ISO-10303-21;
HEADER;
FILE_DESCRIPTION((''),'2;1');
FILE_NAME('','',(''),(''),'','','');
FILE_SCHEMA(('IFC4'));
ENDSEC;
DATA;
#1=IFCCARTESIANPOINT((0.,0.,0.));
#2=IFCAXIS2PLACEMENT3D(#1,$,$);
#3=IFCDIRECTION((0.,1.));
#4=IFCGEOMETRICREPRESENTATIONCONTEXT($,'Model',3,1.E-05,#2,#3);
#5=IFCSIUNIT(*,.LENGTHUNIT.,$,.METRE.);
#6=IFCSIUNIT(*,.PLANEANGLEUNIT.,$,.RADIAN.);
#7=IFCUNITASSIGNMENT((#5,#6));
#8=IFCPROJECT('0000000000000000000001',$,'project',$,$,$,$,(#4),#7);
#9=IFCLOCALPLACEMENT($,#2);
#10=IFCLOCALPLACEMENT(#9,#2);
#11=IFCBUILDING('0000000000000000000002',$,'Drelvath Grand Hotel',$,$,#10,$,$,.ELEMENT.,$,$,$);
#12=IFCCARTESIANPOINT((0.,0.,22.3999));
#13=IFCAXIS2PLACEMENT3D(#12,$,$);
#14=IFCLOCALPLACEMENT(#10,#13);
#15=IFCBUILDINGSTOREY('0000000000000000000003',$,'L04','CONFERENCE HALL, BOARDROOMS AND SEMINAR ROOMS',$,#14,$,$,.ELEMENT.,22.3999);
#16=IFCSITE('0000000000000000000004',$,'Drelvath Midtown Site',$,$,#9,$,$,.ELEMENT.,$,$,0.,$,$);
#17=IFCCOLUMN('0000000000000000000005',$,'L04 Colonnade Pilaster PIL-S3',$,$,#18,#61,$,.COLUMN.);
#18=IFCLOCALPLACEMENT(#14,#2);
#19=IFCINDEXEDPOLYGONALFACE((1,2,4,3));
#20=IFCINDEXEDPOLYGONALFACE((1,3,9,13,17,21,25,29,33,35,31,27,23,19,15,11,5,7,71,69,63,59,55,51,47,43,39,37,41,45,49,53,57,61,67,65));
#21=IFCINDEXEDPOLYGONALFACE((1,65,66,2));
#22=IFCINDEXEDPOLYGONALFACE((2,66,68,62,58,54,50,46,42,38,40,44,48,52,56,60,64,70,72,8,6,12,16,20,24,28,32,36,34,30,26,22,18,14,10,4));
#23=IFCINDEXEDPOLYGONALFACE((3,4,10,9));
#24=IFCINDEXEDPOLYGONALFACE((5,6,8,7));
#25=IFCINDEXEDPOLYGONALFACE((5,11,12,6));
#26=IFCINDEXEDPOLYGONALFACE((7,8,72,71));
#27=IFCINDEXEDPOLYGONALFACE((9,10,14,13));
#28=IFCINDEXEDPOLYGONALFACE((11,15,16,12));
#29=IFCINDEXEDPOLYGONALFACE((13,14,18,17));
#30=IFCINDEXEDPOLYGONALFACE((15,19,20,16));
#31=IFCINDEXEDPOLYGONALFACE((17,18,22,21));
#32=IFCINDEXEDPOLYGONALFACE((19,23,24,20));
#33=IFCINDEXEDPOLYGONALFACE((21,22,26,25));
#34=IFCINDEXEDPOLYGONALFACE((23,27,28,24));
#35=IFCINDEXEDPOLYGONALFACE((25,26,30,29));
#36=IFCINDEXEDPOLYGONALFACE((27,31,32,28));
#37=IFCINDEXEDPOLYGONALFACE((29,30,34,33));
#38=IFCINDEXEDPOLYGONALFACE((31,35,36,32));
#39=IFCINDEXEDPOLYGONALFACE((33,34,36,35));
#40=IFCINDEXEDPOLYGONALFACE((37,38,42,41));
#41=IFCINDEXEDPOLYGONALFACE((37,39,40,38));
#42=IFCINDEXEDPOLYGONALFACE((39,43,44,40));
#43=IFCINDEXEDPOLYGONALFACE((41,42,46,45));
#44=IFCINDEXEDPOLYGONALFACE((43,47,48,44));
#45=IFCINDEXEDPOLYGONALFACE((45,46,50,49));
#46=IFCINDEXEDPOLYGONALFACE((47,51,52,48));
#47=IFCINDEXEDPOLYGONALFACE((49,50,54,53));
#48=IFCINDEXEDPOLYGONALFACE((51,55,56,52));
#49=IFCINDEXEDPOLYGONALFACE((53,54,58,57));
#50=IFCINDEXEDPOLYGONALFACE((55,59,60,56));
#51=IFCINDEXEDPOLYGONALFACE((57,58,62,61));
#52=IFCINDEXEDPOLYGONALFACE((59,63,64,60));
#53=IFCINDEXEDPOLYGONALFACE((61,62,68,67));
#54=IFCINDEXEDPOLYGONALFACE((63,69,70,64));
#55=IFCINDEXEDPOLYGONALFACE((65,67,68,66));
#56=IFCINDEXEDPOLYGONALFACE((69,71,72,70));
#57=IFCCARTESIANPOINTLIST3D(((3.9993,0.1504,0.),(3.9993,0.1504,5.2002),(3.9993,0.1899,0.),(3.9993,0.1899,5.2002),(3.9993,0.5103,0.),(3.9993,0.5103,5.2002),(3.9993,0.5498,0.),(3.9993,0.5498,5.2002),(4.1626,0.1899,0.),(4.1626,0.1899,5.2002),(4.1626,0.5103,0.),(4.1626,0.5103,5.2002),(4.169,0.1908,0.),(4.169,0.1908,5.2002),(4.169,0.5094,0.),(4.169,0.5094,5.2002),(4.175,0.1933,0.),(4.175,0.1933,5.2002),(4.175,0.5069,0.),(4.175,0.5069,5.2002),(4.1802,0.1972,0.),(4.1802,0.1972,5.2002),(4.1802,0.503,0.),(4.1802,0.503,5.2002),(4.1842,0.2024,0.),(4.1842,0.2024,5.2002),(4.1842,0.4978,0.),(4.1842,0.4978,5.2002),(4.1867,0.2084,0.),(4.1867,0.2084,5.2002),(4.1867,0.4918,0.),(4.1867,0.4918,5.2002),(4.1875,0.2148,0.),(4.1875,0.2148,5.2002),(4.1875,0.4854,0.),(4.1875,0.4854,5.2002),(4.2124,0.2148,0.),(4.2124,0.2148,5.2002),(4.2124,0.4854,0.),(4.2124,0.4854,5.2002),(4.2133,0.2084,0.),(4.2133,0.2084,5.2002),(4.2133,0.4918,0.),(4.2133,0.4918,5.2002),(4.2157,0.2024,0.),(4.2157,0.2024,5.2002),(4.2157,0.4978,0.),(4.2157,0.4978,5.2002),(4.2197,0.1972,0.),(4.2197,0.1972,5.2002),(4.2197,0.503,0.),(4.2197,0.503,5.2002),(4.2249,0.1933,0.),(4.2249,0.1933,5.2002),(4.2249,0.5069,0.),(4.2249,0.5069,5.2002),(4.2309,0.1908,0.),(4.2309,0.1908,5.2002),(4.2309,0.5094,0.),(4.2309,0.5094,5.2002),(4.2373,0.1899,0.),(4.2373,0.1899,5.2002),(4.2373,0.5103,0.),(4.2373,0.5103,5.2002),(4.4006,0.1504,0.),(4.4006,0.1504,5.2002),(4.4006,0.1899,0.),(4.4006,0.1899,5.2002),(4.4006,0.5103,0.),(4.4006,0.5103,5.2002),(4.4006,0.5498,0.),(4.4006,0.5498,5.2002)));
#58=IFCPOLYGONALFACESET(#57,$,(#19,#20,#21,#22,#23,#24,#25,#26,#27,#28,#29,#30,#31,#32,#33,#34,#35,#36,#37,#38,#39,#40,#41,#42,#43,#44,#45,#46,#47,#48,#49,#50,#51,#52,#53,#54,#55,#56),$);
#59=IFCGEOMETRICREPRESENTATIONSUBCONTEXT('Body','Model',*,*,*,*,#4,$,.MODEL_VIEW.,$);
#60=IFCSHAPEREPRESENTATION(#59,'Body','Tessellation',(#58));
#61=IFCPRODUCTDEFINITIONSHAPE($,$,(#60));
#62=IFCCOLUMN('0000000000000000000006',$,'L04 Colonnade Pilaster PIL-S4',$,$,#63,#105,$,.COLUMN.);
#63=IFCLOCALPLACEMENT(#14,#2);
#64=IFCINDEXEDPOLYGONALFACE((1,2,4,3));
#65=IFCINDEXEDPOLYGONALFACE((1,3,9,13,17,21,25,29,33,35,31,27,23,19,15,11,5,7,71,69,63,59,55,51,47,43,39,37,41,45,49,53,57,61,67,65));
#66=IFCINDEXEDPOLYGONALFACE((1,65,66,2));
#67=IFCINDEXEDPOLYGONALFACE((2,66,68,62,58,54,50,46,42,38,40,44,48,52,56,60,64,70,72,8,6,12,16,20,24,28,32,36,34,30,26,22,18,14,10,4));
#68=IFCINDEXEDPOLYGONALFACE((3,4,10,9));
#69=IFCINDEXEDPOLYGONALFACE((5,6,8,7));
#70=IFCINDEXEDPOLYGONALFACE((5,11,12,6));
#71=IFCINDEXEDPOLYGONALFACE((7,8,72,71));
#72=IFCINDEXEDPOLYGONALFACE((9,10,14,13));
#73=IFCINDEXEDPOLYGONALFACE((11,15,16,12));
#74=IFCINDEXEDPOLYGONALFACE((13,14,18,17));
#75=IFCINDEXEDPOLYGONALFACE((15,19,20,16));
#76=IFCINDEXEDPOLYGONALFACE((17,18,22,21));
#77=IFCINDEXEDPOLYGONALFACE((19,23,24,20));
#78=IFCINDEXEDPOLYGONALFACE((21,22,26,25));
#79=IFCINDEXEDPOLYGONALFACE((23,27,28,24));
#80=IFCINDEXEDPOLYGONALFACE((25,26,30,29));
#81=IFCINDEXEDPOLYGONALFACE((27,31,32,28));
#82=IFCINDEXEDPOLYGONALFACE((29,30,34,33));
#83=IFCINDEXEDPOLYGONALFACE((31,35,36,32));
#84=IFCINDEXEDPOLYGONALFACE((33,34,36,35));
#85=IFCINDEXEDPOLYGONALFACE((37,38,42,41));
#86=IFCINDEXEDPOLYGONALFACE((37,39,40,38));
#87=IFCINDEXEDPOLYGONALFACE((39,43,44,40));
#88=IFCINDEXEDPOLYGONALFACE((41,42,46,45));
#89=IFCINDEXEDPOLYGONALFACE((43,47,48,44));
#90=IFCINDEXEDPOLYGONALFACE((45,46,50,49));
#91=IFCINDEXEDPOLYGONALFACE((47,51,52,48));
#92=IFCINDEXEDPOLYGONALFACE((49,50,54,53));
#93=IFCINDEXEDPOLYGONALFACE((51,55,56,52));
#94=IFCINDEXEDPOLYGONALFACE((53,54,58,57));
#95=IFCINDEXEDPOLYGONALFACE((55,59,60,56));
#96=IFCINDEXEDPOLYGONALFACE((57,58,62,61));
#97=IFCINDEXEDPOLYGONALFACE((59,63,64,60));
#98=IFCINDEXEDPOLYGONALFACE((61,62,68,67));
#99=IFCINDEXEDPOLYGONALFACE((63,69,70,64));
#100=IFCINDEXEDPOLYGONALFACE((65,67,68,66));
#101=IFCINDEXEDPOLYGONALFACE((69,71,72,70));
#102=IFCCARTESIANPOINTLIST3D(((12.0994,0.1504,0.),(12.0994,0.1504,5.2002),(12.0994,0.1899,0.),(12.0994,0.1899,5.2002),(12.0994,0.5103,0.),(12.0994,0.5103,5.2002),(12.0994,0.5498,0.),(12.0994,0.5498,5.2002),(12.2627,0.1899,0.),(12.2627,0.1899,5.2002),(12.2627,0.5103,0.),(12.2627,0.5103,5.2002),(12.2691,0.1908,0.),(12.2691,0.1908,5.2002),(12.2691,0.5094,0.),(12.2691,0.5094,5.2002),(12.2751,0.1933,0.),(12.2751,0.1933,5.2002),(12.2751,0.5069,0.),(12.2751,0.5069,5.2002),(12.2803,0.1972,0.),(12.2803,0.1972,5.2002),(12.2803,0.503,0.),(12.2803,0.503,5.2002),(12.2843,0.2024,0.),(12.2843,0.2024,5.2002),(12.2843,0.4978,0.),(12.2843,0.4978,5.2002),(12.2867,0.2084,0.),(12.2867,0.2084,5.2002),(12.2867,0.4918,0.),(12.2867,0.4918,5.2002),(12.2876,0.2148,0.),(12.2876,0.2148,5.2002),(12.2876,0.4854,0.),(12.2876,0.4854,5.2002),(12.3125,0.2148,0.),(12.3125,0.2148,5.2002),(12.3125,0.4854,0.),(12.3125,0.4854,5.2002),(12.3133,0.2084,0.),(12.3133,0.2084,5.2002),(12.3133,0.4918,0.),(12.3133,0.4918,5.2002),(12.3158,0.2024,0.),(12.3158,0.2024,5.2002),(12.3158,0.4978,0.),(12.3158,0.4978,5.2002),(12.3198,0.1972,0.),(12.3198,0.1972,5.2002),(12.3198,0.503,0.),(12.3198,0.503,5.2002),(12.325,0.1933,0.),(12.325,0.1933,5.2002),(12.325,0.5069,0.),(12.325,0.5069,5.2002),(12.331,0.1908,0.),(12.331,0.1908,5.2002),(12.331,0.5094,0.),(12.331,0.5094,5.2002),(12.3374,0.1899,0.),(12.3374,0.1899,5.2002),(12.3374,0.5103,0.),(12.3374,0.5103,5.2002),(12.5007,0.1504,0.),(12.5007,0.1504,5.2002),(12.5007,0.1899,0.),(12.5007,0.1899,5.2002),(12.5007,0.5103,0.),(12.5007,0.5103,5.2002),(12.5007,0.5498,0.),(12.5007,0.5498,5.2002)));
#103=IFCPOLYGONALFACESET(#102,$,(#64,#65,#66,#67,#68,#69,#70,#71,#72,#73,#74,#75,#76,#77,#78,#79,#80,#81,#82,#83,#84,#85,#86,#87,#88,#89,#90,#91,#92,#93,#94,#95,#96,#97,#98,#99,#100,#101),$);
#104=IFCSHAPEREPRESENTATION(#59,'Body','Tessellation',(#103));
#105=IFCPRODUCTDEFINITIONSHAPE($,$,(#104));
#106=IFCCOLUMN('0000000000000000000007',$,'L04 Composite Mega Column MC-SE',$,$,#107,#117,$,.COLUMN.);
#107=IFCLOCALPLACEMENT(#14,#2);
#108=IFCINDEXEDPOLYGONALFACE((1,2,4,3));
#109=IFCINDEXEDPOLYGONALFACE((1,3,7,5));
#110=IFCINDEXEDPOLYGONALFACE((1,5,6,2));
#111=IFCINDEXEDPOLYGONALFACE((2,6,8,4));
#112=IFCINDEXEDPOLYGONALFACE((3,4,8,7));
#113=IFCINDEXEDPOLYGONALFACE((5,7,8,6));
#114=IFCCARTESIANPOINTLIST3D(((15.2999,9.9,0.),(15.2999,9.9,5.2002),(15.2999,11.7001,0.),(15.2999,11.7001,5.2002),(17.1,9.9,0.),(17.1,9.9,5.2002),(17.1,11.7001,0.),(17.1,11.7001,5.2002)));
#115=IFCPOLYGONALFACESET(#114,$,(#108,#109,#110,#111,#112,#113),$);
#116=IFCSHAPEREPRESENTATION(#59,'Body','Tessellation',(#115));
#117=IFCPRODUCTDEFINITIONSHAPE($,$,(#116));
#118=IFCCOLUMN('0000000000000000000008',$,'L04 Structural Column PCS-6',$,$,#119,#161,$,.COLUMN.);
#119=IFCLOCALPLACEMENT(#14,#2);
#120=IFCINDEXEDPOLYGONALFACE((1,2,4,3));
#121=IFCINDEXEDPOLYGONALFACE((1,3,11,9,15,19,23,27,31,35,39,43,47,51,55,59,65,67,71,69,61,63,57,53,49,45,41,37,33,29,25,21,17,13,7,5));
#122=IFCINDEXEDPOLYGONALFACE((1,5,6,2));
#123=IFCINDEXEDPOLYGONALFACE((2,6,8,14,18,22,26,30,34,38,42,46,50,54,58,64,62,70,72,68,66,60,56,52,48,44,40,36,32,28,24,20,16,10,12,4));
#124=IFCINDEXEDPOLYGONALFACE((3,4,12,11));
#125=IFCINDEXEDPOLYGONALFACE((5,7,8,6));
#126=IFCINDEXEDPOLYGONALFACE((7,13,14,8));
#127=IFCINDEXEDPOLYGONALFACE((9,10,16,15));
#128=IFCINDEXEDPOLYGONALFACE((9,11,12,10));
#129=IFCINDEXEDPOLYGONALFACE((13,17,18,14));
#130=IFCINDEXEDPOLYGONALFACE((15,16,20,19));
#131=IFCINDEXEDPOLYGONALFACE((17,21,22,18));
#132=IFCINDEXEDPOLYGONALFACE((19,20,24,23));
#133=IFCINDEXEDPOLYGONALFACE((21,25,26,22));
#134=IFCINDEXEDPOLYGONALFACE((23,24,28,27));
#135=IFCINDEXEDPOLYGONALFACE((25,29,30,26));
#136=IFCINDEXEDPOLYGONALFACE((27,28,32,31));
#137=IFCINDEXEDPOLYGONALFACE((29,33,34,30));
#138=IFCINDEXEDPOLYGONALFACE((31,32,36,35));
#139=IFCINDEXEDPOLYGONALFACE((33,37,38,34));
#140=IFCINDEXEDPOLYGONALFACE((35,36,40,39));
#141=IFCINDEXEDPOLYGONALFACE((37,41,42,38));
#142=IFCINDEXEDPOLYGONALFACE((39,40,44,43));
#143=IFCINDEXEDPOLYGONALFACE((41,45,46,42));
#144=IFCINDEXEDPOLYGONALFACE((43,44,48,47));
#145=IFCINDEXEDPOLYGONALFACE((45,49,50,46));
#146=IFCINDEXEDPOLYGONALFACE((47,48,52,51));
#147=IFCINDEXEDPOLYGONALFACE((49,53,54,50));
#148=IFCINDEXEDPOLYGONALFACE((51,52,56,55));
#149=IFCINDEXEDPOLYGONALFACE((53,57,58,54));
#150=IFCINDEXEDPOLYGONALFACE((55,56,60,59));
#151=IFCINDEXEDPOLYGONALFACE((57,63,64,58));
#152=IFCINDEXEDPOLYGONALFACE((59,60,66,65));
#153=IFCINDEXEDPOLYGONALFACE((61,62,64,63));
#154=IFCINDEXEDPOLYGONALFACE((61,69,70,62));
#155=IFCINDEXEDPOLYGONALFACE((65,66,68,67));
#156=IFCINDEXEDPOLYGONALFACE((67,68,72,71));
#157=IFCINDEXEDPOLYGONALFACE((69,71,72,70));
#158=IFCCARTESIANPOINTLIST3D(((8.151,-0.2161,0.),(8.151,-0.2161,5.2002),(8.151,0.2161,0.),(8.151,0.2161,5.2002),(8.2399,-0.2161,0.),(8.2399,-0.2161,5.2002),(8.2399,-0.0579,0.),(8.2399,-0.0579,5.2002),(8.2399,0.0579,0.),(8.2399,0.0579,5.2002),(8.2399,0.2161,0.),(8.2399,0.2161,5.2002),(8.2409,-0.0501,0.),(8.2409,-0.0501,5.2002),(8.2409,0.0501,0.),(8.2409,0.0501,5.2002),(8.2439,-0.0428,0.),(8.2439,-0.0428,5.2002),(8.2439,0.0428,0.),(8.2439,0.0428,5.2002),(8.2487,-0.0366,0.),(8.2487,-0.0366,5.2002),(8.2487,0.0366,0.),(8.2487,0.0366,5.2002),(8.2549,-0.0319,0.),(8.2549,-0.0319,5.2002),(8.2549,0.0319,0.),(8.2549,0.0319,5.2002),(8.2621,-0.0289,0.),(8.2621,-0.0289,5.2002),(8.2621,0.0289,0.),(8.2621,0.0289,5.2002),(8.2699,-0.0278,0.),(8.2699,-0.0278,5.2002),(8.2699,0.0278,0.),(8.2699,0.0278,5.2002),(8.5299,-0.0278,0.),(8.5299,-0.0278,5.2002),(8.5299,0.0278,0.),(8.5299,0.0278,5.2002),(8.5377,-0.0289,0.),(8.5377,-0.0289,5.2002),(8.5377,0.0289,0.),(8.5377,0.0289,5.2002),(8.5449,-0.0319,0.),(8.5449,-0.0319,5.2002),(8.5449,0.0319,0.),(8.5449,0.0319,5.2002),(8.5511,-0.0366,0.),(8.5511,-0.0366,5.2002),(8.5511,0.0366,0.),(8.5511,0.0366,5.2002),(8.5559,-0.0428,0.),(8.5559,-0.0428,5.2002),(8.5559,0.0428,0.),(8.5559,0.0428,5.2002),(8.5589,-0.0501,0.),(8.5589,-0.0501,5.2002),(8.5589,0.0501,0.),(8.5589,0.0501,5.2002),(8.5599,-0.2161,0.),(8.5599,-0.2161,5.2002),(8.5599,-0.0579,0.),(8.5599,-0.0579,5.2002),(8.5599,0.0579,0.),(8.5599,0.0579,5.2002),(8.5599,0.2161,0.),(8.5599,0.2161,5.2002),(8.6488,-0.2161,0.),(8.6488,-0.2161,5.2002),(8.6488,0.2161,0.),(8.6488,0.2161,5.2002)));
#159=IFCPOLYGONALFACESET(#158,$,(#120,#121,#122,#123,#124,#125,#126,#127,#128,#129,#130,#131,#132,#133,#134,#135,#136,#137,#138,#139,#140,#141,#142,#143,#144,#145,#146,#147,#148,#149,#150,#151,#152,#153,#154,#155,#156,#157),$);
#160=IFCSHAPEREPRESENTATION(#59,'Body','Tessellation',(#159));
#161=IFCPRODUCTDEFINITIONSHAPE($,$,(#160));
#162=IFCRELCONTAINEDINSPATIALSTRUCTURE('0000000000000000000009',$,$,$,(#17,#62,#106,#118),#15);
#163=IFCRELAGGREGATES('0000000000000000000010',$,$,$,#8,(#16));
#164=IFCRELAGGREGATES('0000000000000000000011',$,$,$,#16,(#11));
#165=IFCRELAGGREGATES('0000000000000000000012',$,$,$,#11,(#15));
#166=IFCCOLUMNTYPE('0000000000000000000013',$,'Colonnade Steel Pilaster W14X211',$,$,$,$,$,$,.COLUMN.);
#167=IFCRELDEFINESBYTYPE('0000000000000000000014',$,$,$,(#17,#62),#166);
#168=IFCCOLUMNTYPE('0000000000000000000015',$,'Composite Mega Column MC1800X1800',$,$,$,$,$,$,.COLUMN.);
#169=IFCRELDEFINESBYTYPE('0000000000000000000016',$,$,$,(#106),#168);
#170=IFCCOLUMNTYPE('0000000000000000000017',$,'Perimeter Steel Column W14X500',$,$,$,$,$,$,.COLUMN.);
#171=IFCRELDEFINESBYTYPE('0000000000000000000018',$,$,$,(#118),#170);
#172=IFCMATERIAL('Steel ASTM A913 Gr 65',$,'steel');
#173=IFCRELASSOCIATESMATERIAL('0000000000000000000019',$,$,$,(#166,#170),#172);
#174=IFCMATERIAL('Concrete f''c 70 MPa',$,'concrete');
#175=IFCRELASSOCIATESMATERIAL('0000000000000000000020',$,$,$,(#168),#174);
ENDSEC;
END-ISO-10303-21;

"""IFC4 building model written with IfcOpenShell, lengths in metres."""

from ifc_helpers import new_model, si_unit, direction, frame, origin, origin_2d, place, context, subcontext, project, spatial, rectangle, i_section, extrude, material, material_profile, profile_set, type_object, element, save


model = new_model("IFC4")

# Units and contexts
model_context = context("Model", 3, precision=1e-05, world=origin(), true_north=direction((0.0, 1.0)))
body_context = subcontext(model_context, "Body", "Model", "MODEL_VIEW")
ifc_project = project(units=[si_unit("LENGTHUNIT", "METRE"), si_unit("PLANEANGLEUNIT", "RADIAN")], contexts=[model_context])

# Site, building, storey
site_placement = place(None, origin())
site = spatial("IfcSite", under=ifc_project, at=site_placement, Name="Drelvath Midtown Site", CompositionType="ELEMENT", RefElevation=0.0)
building_placement = place(site_placement, origin())
building = spatial("IfcBuilding", under=site, at=building_placement, Name="Drelvath Grand Hotel", CompositionType="ELEMENT")
storey_placement = place(building_placement, frame((0.0, 0.0, 22.3999)))
storey = spatial("IfcBuildingStorey", under=building, at=storey_placement, Name="L04", Description="CONFERENCE HALL, BOARDROOMS AND SEMINAR ROOMS", CompositionType="ELEMENT", Elevation=22.3999)

# Columns
ifc_material_1 = material(Name="Steel ASTM A913 Gr 65", Category="steel")
ifc_material_profile_1 = material_profile(ifc_material_1, i_section(OverallWidth=0.4014, OverallDepth=0.3994, WebThickness=0.0249, FlangeThickness=0.0396, FilletRadius=0.0249, at=origin_2d()), Name="W14X211")
ifc_profile_set_1 = profile_set([ifc_material_profile_1], Name="Steel ASTM A913 Gr 65")
column_type_1 = type_object("IfcColumnType", Name="Colonnade Steel Pilaster W14X211", PredefinedType="COLUMN", material=ifc_profile_set_1)
for number, where, z_axis, x_axis, name in (
    (1, (4.2, 0.3501, 0.0), (0.0, 0.0, 1.0), (1.0, 0.0, 0.0), "L04 Colonnade Pilaster PIL-S3"),
    (2, (12.3, 0.3501, 0.0), (0.0, 0.0, 1.0), (1.0, 0.0, 0.0), "L04 Colonnade Pilaster PIL-S4"),
):
    element("IfcColumn", number, at=place(storey_placement, frame(where, z_axis=z_axis, x_axis=x_axis)), inside=storey, type_object=column_type_1, Name=name, PredefinedType="COLUMN", context=body_context, shape_type="SweptSolid", body=[
        extrude(i_section(OverallWidth=0.4014, OverallDepth=0.3994, WebThickness=0.0249, FlangeThickness=0.0396, FilletRadius=0.0249, at=origin_2d()), origin(), (0.0, 0.0, 1.0), 5.2002),
    ])
ifc_material_2 = material(Name="Concrete f'c 70 MPa", Category="concrete")
ifc_material_profile_2 = material_profile(ifc_material_2, rectangle(XDim=1.8, YDim=1.8, at=origin_2d()), Name="MC1800X1800")
ifc_profile_set_2 = profile_set([ifc_material_profile_2], Name="Concrete f'c 70 MPa")
column_type_2 = type_object("IfcColumnType", Name="Composite Mega Column MC1800X1800", PredefinedType="COLUMN", material=ifc_profile_set_2)
column_placement = place(storey_placement, frame((16.2, 10.8, 0.0), z_axis=(0.0, 0.0, 1.0), x_axis=(1.0, 0.0, 0.0)))
element("IfcColumn", 3, at=column_placement, inside=storey, type_object=column_type_2, Name="L04 Composite Mega Column MC-SE", PredefinedType="COLUMN", context=body_context, shape_type="SweptSolid", body=[
    extrude(rectangle(XDim=1.8, YDim=1.8, at=origin_2d()), origin(), (0.0, 0.0, 1.0), 5.2002),
])
ifc_material_profile_3 = material_profile(ifc_material_1, i_section(OverallWidth=0.4321, OverallDepth=0.4978, WebThickness=0.0557, FlangeThickness=0.0889, FilletRadius=0.03, at=origin_2d()), Name="W14X500")
ifc_profile_set_3 = profile_set([ifc_material_profile_3], Name="Steel ASTM A913 Gr 65")
column_type_3 = type_object("IfcColumnType", Name="Perimeter Steel Column W14X500", PredefinedType="COLUMN", material=ifc_profile_set_3)
for number, where, z_axis, x_axis, name in (
    (4, (8.3999, 0.0, 0.0), (0.0, 0.0, 1.0), (0.0, 1.0, 0.0), "L04 Structural Column PCS-6"),
):
    element("IfcColumn", number, at=place(storey_placement, frame(where, z_axis=z_axis, x_axis=x_axis)), inside=storey, type_object=column_type_3, Name=name, PredefinedType="COLUMN", context=body_context, shape_type="SweptSolid", body=[
        extrude(i_section(OverallWidth=0.4321, OverallDepth=0.4978, WebThickness=0.0557, FlangeThickness=0.0889, FilletRadius=0.03, at=origin_2d()), origin(), (0.0, 0.0, 1.0), 5.2002),
    ])

save(model, "model.ifc")
